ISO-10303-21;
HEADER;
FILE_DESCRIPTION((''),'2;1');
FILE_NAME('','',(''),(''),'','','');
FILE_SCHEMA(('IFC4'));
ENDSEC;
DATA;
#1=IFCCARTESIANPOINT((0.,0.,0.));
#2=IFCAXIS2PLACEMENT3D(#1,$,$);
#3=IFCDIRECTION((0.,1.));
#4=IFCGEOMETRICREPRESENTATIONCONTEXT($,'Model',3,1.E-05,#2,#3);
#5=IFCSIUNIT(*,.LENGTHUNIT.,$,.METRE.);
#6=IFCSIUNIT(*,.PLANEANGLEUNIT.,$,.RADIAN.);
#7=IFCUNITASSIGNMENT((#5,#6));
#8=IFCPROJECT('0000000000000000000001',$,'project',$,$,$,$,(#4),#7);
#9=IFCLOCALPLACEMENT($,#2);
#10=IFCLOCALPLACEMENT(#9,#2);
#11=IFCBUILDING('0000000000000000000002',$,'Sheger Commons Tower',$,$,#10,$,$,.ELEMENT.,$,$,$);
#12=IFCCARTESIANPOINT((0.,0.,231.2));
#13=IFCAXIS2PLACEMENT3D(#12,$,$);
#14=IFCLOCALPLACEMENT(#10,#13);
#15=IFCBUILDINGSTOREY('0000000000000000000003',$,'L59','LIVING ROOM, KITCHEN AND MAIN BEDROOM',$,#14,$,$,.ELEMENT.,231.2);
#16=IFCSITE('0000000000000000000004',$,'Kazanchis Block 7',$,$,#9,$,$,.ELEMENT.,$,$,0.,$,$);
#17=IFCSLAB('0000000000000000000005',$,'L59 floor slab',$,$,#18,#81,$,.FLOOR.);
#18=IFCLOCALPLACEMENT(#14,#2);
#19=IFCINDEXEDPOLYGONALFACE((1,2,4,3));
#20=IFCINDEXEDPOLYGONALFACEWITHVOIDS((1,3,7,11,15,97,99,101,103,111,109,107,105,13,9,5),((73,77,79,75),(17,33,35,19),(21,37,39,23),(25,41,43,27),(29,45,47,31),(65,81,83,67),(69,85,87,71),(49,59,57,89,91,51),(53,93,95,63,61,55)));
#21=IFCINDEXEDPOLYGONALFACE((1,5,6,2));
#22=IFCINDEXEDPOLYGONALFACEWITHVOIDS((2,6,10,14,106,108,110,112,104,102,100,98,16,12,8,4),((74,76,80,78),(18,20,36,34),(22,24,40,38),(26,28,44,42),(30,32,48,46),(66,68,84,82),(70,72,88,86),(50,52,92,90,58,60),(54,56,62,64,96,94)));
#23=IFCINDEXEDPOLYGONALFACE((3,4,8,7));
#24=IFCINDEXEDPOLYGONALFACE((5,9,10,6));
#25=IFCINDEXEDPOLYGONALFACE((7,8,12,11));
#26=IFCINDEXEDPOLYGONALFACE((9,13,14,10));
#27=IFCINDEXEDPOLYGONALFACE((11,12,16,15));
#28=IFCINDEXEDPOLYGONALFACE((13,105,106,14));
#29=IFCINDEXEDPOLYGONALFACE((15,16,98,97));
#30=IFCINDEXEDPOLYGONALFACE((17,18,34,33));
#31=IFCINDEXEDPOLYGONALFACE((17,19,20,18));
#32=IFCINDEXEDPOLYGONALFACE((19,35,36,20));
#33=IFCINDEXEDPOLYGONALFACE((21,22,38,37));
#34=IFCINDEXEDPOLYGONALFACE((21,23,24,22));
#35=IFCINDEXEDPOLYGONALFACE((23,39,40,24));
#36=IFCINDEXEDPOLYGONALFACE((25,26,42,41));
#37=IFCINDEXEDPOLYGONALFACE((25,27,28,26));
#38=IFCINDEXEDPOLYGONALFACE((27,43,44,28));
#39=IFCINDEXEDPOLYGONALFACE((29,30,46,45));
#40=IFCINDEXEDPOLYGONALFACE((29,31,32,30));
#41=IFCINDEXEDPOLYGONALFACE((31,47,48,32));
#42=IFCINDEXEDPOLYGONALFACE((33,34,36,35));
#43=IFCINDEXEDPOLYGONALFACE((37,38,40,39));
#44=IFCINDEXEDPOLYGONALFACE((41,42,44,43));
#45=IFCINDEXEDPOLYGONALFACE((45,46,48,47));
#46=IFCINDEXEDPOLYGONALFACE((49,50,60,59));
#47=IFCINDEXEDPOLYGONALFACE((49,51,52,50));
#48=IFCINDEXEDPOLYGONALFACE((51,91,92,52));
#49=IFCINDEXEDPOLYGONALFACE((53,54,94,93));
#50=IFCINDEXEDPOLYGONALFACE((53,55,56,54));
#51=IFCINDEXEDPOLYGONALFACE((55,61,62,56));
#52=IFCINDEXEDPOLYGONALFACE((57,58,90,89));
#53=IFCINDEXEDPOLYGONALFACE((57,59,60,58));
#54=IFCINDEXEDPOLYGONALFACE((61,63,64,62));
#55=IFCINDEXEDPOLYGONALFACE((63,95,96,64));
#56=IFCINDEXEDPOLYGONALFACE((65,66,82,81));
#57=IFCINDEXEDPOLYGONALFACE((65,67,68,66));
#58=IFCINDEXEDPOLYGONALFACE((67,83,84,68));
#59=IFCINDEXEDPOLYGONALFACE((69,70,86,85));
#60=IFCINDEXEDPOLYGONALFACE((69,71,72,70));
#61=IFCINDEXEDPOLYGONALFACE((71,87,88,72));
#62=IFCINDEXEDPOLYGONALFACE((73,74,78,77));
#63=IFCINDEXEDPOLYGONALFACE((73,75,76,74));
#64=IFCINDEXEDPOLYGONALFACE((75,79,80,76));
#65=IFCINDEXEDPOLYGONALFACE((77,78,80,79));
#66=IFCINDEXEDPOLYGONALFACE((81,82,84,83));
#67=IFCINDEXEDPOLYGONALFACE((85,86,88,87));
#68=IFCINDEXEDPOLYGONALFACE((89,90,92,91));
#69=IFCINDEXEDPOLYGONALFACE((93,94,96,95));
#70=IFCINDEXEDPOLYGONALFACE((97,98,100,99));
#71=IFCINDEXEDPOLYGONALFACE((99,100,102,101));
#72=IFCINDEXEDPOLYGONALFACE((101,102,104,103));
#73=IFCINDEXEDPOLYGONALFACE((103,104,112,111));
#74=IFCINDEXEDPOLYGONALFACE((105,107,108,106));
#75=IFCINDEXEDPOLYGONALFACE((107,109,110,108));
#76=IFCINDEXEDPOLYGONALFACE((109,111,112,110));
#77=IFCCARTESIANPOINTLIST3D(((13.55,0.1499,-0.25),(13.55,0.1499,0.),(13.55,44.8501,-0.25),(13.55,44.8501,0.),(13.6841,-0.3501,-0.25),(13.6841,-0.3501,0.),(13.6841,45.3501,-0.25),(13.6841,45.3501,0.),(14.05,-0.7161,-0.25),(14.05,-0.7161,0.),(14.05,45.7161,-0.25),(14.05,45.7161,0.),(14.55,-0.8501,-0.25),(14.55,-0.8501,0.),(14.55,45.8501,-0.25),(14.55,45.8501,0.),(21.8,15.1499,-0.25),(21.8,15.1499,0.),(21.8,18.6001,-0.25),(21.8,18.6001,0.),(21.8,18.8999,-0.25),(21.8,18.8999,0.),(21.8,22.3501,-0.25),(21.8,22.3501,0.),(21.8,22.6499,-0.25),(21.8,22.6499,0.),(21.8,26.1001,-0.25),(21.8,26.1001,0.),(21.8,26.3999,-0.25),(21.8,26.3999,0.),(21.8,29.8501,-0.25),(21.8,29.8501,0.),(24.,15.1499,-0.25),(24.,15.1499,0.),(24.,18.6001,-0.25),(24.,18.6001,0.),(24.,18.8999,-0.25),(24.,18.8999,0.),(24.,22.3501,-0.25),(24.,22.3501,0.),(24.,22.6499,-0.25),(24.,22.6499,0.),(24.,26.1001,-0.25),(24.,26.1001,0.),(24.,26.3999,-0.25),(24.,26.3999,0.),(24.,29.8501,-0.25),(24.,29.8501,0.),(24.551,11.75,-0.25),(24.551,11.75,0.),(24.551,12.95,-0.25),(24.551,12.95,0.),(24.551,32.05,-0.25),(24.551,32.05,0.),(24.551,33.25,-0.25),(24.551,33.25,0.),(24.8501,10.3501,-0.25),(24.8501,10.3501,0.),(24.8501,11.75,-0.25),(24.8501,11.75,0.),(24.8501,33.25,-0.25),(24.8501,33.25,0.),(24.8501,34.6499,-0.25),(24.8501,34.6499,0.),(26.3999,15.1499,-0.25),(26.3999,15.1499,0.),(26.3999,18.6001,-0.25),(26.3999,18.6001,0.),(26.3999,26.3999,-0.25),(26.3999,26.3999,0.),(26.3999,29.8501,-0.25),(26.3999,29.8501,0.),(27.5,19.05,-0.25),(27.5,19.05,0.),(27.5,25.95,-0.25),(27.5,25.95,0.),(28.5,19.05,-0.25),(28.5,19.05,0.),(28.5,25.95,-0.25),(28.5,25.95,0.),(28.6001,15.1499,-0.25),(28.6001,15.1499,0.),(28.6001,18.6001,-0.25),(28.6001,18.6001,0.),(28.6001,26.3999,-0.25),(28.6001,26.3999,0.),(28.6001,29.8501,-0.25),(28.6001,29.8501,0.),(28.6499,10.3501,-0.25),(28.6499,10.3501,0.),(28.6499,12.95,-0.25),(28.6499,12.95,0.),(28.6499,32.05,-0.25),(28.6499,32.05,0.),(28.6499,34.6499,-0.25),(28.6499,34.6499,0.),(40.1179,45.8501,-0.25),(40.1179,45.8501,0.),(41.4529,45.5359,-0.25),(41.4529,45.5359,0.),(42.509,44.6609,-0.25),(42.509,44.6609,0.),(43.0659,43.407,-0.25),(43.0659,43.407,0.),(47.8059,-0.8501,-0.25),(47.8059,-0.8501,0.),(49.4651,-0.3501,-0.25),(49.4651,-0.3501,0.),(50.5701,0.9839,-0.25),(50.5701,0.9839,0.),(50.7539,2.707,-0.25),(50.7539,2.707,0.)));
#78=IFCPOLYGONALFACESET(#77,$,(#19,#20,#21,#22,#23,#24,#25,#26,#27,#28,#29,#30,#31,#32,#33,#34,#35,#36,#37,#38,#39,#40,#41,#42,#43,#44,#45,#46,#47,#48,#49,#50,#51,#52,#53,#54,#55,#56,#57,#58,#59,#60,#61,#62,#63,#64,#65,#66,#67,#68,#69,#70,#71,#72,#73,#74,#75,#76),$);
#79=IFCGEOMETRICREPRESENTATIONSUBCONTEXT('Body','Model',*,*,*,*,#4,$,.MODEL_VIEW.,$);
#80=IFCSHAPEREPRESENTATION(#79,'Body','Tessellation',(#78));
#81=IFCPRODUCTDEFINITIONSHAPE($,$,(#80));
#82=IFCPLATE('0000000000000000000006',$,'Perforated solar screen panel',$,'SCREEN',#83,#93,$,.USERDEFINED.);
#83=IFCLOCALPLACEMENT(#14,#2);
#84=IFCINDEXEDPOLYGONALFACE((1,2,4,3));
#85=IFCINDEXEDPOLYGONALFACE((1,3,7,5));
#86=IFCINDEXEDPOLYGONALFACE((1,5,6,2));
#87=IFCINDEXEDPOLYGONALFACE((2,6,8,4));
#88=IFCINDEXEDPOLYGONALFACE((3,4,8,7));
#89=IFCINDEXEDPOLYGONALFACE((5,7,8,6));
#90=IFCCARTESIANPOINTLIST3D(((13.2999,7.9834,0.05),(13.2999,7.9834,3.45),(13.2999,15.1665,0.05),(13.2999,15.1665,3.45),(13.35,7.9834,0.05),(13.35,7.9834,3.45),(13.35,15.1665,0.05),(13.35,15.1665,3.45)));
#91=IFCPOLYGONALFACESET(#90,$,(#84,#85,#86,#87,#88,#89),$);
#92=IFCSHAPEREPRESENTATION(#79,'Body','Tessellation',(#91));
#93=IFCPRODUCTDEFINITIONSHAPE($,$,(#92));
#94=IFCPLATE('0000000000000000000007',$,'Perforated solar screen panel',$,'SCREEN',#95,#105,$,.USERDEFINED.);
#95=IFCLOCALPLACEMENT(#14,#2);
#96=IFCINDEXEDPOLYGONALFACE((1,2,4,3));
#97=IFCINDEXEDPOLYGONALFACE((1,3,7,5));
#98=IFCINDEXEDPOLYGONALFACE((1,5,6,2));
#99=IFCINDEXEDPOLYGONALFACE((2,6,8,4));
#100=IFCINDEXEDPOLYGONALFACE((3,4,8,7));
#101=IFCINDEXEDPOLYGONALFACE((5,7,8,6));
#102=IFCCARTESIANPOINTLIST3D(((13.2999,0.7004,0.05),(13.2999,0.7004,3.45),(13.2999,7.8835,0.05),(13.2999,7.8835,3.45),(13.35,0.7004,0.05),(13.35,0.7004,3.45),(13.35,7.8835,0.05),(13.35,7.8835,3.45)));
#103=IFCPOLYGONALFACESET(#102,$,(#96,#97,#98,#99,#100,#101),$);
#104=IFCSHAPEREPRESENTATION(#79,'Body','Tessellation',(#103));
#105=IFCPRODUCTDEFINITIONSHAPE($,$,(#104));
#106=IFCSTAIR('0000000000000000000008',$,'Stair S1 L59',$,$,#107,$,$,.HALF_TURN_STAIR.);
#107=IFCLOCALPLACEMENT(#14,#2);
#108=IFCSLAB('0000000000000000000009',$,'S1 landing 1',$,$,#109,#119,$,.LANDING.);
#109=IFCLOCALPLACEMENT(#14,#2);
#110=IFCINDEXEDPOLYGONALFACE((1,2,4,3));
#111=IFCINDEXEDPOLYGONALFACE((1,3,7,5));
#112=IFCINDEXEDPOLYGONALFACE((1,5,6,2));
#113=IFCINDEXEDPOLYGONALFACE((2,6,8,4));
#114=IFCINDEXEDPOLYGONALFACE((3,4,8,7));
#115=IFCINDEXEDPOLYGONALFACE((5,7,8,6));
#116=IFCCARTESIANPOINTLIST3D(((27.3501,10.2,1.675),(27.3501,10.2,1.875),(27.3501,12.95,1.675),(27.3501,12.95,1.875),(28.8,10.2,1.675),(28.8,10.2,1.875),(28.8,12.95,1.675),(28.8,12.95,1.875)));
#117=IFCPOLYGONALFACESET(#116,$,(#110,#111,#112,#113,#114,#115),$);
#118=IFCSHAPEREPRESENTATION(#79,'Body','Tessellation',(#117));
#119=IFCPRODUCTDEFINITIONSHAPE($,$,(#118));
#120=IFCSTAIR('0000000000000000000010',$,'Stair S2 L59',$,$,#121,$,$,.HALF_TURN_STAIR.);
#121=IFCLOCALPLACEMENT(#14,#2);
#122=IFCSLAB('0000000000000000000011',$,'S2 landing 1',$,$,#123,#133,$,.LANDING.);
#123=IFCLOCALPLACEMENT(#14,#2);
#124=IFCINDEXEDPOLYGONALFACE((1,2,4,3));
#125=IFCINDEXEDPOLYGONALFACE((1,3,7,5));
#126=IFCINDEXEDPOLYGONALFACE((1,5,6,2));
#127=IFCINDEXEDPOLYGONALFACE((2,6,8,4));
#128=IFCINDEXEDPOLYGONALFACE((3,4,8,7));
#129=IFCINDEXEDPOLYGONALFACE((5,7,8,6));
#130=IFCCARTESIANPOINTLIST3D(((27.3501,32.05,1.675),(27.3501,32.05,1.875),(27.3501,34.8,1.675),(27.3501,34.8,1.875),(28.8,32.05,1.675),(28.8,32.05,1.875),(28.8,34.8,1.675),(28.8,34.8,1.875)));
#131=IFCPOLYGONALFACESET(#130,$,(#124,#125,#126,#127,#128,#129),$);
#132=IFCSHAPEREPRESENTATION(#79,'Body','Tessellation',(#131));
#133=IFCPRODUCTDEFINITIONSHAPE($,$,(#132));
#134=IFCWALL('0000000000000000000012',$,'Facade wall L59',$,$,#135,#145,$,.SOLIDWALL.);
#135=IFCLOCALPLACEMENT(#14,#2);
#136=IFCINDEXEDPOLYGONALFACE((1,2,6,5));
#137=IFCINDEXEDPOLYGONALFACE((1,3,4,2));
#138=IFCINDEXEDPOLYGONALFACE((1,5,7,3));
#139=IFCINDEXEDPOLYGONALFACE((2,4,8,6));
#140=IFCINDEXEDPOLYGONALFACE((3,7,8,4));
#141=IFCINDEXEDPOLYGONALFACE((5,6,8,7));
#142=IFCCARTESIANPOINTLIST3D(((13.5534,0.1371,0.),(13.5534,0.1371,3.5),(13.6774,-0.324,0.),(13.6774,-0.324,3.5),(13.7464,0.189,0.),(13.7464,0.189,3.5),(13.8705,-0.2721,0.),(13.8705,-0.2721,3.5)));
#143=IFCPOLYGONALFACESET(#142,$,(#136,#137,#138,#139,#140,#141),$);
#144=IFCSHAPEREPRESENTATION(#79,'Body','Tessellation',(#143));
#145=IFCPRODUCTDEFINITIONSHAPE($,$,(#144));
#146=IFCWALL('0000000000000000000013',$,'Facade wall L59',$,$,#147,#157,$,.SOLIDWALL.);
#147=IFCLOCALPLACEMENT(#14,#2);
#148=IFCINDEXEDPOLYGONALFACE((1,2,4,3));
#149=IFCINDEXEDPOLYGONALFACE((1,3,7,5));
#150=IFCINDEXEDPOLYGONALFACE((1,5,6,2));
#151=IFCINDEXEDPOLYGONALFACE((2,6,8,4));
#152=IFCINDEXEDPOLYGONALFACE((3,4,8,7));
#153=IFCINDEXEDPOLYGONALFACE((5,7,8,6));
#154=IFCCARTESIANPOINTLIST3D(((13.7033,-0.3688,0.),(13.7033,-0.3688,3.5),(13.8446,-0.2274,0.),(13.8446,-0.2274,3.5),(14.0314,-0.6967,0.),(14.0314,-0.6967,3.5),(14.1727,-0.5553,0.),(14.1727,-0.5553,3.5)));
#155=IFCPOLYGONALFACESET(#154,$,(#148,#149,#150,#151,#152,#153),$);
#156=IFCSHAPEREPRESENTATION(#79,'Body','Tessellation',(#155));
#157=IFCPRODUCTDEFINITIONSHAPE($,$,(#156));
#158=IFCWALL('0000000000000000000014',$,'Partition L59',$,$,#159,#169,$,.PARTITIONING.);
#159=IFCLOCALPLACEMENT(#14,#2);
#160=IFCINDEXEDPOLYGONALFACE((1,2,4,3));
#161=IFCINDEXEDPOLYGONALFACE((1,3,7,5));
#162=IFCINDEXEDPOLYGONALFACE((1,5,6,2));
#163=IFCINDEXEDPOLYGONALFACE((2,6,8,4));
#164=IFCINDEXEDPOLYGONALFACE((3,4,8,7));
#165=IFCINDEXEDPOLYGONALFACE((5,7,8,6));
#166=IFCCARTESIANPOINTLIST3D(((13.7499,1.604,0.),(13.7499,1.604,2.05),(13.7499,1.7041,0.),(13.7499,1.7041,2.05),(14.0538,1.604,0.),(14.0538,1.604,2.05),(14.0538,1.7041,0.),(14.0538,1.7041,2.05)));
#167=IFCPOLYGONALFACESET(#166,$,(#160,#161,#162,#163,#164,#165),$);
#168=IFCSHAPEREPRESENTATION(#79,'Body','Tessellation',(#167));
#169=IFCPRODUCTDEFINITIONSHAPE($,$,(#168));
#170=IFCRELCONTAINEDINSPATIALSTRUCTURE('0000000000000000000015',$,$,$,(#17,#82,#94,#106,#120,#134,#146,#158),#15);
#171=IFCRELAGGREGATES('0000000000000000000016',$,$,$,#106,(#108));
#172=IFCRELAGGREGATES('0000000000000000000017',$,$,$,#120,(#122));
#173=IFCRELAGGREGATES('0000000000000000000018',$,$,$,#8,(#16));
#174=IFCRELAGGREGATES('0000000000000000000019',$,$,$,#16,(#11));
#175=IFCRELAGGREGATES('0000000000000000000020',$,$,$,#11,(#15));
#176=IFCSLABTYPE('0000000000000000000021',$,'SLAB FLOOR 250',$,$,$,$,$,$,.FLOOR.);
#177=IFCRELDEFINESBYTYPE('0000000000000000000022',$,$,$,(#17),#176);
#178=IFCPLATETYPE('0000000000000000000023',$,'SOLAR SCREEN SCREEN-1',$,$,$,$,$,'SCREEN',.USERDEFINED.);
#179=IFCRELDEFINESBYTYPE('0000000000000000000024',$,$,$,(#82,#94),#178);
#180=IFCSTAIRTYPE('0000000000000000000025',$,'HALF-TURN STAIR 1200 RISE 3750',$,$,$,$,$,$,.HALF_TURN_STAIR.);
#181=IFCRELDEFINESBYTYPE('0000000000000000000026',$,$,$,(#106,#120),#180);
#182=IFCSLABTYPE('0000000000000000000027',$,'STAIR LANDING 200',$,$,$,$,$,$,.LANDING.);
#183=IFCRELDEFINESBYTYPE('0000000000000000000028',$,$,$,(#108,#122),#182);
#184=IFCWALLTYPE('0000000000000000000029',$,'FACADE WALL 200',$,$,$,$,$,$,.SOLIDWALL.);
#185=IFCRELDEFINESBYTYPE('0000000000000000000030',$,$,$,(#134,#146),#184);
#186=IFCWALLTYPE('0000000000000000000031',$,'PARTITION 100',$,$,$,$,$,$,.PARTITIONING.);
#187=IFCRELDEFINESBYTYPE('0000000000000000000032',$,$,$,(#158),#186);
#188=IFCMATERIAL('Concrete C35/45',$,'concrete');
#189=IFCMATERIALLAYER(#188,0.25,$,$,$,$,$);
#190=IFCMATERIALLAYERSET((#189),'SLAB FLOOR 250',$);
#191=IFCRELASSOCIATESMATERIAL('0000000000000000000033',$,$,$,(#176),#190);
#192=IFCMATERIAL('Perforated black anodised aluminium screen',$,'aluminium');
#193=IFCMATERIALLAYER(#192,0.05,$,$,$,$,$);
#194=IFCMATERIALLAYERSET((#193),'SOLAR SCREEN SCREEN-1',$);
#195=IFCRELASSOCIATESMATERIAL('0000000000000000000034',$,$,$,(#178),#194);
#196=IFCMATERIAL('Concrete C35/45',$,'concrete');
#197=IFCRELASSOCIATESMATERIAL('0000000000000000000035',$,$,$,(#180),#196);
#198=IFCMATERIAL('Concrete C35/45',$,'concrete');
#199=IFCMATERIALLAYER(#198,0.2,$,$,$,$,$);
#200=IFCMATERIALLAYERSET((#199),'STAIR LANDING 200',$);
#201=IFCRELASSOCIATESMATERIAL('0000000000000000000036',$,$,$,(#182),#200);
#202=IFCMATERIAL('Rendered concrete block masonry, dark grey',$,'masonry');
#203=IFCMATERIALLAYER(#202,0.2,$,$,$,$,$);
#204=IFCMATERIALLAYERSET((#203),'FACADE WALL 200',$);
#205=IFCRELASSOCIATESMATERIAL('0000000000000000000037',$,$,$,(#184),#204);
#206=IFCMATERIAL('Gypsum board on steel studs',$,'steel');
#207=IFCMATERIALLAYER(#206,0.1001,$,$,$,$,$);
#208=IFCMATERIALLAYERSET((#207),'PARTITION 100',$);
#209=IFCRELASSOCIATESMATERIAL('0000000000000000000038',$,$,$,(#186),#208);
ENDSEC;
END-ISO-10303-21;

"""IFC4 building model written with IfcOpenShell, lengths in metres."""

from ifc_helpers import new_model, si_unit, direction, frame, frame_2d, origin, origin_2d, place, context, subcontext, project, spatial, polyline, rectangle, outline, extrude, material, layer, layer_set, type_object, element, aggregate, save


model = new_model("IFC4")

# Units and contexts
model_context = context("Model", 3, precision=1e-05, world=origin(), true_north=direction((0.0, 1.0)))
body_context = subcontext(model_context, "Body", "Model", "MODEL_VIEW")
ifc_project = project(units=[si_unit("LENGTHUNIT", "METRE"), si_unit("PLANEANGLEUNIT", "RADIAN")], contexts=[model_context])

# Site, building, storey
site_placement = place(None, origin())
site = spatial("IfcSite", under=ifc_project, at=site_placement, Name="Kazanchis Block 7", CompositionType="ELEMENT", RefElevation=0.0)
building_placement = place(site_placement, origin())
building = spatial("IfcBuilding", under=site, at=building_placement, Name="Sheger Commons Tower", CompositionType="ELEMENT")
storey_placement = place(building_placement, frame((0.0, 0.0, 231.2)))
storey = spatial("IfcBuildingStorey", under=building, at=storey_placement, Name="L59", Description="LIVING ROOM, KITCHEN AND MAIN BEDROOM", CompositionType="ELEMENT", Elevation=231.2)

# Slab
ifc_material_1 = material(Name="Concrete C35/45", Category="concrete")
ifc_layer_1 = layer(ifc_material_1, 0.25)
ifc_layer_set_1 = layer_set([ifc_layer_1], Name="SLAB FLOOR 250")
slab_type_1 = type_object("IfcSlabType", Name="SLAB FLOOR 250", PredefinedType="FLOOR", material=ifc_layer_set_1)
slab_1_placement = place(storey_placement, frame((0.0, 0.0, -0.25)))
element("IfcSlab", 1, at=slab_1_placement, inside=storey, type_object=slab_type_1, Name="L59 floor slab", PredefinedType="FLOOR", context=body_context, shape_type="SweptSolid", body=[
    extrude(outline(polyline([(13.55, 0.1499), (13.6841, -0.3501), (14.05, -0.7161), (14.55, -0.8501), (47.8059, -0.8501), (49.4651, -0.3501), (50.5701, 0.9839), (50.7539, 2.707), (43.0659, 43.407), (42.509, 44.6609), (41.4529, 45.5359), (40.1179, 45.8501), (14.55, 45.8501), (14.05, 45.7161), (13.6841, 45.3501), (13.55, 44.8501), (13.55, 0.1499)]), holes=[polyline([(24.8501, 10.3501), (28.6499, 10.3501), (28.6499, 12.95), (24.551, 12.95), (24.551, 11.75), (24.8501, 11.75), (24.8501, 10.3501)]), polyline([(24.551, 32.05), (28.6499, 32.05), (28.6499, 34.6499), (24.8501, 34.6499), (24.8501, 33.25), (24.551, 33.25), (24.551, 32.05)]), polyline([(26.3999, 15.1499), (28.6001, 15.1499), (28.6001, 18.6001), (26.3999, 18.6001), (26.3999, 15.1499)]), polyline([(26.3999, 26.3999), (28.6001, 26.3999), (28.6001, 29.8501), (26.3999, 29.8501), (26.3999, 26.3999)]), polyline([(21.8, 15.1499), (24.0, 15.1499), (24.0, 18.6001), (21.8, 18.6001), (21.8, 15.1499)]), polyline([(21.8, 18.8999), (24.0, 18.8999), (24.0, 22.3501), (21.8, 22.3501), (21.8, 18.8999)]), polyline([(21.8, 22.6499), (24.0, 22.6499), (24.0, 26.1001), (21.8, 26.1001), (21.8, 22.6499)]), polyline([(21.8, 26.3999), (24.0, 26.3999), (24.0, 29.8501), (21.8, 29.8501), (21.8, 26.3999)]), polyline([(27.5, 19.05), (28.5, 19.05), (28.5, 25.95), (27.5, 25.95), (27.5, 19.05)])]), origin(), (0.0, 0.0, 1.0), 0.25),
])

# Plates
ifc_material_2 = material(Name="Perforated black anodised aluminium screen", Category="aluminium")
ifc_layer_2 = layer(ifc_material_2, 0.05)
ifc_layer_set_2 = layer_set([ifc_layer_2], Name="SOLAR SCREEN SCREEN-1")
plate_type = type_object("IfcPlateType", Name="SOLAR SCREEN SCREEN-1", ElementType="SCREEN", PredefinedType="USERDEFINED", material=ifc_layer_set_2)
for number, where, z_axis, x_axis, name in (
    (2, (13.325, 11.575, 0.05), (0.0, 0.0, 1.0), (0.0, -1.0, 0.0), "Perforated solar screen panel"),
    (3, (13.325, 4.292, 0.05), (0.0, 0.0, 1.0), (0.0, -1.0, 0.0), "Perforated solar screen panel"),
):
    element("IfcPlate", number, at=place(storey_placement, frame(where, z_axis=z_axis, x_axis=x_axis)), inside=storey, type_object=plate_type, Name=name, ObjectType="SCREEN", PredefinedType="USERDEFINED", context=body_context, shape_type="SweptSolid", body=[
        extrude(rectangle(XDim=7.1831, YDim=0.05, at=origin_2d()), origin(), (0.0, 0.0, 1.0), 3.3999),
    ])

# Stairs, slabs
ifc_material_3 = material(Name="Concrete C35/45", Category="concrete")
stair_type = type_object("IfcStairType", Name="HALF-TURN STAIR 1200 RISE 3750", PredefinedType="HALF_TURN_STAIR", material=ifc_material_3)
stair_1_placement = place(storey_placement, origin())
stair_1 = element("IfcStair", 4, at=stair_1_placement, inside=storey, type_object=stair_type, Name="Stair S1 L59", PredefinedType="HALF_TURN_STAIR")
ifc_material_4 = material(Name="Concrete C35/45", Category="concrete")
ifc_layer_3 = layer(ifc_material_4, 0.2)
ifc_layer_set_3 = layer_set([ifc_layer_3], Name="STAIR LANDING 200")
slab_type_2 = type_object("IfcSlabType", Name="STAIR LANDING 200", PredefinedType="LANDING", material=ifc_layer_set_3)
slab_2_placement = place(storey_placement, frame((0.0, 0.0, 1.675)))
slab_2 = element("IfcSlab", 5, at=slab_2_placement, type_object=slab_type_2, Name="S1 landing 1", PredefinedType="LANDING", context=body_context, shape_type="SweptSolid", body=[
    extrude(outline(polyline([(27.3501, 10.2), (28.8, 10.2), (28.8, 12.95), (27.3501, 12.95), (27.3501, 10.2)])), origin(), (0.0, 0.0, 1.0), 0.2),
])
aggregate(stair_1, [slab_2])
stair_2_placement = place(storey_placement, origin())
stair_2 = element("IfcStair", 6, at=stair_2_placement, inside=storey, type_object=stair_type, Name="Stair S2 L59", PredefinedType="HALF_TURN_STAIR")
slab_3_placement = place(storey_placement, frame((0.0, 0.0, 1.675)))
slab_3 = element("IfcSlab", 7, at=slab_3_placement, type_object=slab_type_2, Name="S2 landing 1", PredefinedType="LANDING", context=body_context, shape_type="SweptSolid", body=[
    extrude(outline(polyline([(27.3501, 32.05), (28.8, 32.05), (28.8, 34.8), (27.3501, 34.8), (27.3501, 32.05)])), origin(), (0.0, 0.0, 1.0), 0.2),
])
aggregate(stair_2, [slab_3])

# Walls
ifc_material_5 = material(Name="Rendered concrete block masonry, dark grey", Category="masonry")
ifc_layer_4 = layer(ifc_material_5, 0.2)
ifc_layer_set_4 = layer_set([ifc_layer_4], Name="FACADE WALL 200")
wall_type_1 = type_object("IfcWallType", Name="FACADE WALL 200", PredefinedType="SOLIDWALL", material=ifc_layer_set_4)
wall_1_placement = place(storey_placement, frame((13.6499, 0.1631, 0.0), z_axis=(0.0, 0.0, 1.0), x_axis=(0.259698, -0.96569, 0.0)))
element("IfcWall", 8, at=wall_1_placement, inside=storey, type_object=wall_type_1, Name="Facade wall L59", PredefinedType="SOLIDWALL", context=body_context, shape_type="SweptSolid", body=[
    extrude(rectangle(XDim=0.4775, YDim=0.2, at=frame_2d((0.2388, 0.0))), origin(), (0.0, 0.0, 1.0), 3.5),
])
wall_2_placement = place(storey_placement, frame((13.7739, -0.2981, 0.0), z_axis=(0.0, 0.0, 1.0), x_axis=(0.70737, -0.706844, 0.0)))
element("IfcWall", 9, at=wall_2_placement, inside=storey, type_object=wall_type_1, Name="Facade wall L59", PredefinedType="SOLIDWALL", context=body_context, shape_type="SweptSolid", body=[
    extrude(rectangle(XDim=0.4639, YDim=0.2, at=frame_2d((0.2319, 0.0))), origin(), (0.0, 0.0, 1.0), 3.5),
])
ifc_material_6 = material(Name="Gypsum board on steel studs", Category="steel")
ifc_layer_5 = layer(ifc_material_6, 0.1001)
ifc_layer_set_5 = layer_set([ifc_layer_5], Name="PARTITION 100")
wall_type_2 = type_object("IfcWallType", Name="PARTITION 100", PredefinedType="PARTITIONING", material=ifc_layer_set_5)
wall_3_placement = place(storey_placement, frame((13.75, 1.6541, 0.0), z_axis=(0.0, 0.0, 1.0), x_axis=(1.0, 0.0, 0.0)))
element("IfcWall", 10, at=wall_3_placement, inside=storey, type_object=wall_type_2, Name="Partition L59", PredefinedType="PARTITIONING", context=body_context, shape_type="SweptSolid", body=[
    extrude(rectangle(XDim=0.304, YDim=0.1001, at=frame_2d((0.1519, 0.0))), origin(), (0.0, 0.0, 1.0), 2.05),
])

save(model, "model.ifc")
